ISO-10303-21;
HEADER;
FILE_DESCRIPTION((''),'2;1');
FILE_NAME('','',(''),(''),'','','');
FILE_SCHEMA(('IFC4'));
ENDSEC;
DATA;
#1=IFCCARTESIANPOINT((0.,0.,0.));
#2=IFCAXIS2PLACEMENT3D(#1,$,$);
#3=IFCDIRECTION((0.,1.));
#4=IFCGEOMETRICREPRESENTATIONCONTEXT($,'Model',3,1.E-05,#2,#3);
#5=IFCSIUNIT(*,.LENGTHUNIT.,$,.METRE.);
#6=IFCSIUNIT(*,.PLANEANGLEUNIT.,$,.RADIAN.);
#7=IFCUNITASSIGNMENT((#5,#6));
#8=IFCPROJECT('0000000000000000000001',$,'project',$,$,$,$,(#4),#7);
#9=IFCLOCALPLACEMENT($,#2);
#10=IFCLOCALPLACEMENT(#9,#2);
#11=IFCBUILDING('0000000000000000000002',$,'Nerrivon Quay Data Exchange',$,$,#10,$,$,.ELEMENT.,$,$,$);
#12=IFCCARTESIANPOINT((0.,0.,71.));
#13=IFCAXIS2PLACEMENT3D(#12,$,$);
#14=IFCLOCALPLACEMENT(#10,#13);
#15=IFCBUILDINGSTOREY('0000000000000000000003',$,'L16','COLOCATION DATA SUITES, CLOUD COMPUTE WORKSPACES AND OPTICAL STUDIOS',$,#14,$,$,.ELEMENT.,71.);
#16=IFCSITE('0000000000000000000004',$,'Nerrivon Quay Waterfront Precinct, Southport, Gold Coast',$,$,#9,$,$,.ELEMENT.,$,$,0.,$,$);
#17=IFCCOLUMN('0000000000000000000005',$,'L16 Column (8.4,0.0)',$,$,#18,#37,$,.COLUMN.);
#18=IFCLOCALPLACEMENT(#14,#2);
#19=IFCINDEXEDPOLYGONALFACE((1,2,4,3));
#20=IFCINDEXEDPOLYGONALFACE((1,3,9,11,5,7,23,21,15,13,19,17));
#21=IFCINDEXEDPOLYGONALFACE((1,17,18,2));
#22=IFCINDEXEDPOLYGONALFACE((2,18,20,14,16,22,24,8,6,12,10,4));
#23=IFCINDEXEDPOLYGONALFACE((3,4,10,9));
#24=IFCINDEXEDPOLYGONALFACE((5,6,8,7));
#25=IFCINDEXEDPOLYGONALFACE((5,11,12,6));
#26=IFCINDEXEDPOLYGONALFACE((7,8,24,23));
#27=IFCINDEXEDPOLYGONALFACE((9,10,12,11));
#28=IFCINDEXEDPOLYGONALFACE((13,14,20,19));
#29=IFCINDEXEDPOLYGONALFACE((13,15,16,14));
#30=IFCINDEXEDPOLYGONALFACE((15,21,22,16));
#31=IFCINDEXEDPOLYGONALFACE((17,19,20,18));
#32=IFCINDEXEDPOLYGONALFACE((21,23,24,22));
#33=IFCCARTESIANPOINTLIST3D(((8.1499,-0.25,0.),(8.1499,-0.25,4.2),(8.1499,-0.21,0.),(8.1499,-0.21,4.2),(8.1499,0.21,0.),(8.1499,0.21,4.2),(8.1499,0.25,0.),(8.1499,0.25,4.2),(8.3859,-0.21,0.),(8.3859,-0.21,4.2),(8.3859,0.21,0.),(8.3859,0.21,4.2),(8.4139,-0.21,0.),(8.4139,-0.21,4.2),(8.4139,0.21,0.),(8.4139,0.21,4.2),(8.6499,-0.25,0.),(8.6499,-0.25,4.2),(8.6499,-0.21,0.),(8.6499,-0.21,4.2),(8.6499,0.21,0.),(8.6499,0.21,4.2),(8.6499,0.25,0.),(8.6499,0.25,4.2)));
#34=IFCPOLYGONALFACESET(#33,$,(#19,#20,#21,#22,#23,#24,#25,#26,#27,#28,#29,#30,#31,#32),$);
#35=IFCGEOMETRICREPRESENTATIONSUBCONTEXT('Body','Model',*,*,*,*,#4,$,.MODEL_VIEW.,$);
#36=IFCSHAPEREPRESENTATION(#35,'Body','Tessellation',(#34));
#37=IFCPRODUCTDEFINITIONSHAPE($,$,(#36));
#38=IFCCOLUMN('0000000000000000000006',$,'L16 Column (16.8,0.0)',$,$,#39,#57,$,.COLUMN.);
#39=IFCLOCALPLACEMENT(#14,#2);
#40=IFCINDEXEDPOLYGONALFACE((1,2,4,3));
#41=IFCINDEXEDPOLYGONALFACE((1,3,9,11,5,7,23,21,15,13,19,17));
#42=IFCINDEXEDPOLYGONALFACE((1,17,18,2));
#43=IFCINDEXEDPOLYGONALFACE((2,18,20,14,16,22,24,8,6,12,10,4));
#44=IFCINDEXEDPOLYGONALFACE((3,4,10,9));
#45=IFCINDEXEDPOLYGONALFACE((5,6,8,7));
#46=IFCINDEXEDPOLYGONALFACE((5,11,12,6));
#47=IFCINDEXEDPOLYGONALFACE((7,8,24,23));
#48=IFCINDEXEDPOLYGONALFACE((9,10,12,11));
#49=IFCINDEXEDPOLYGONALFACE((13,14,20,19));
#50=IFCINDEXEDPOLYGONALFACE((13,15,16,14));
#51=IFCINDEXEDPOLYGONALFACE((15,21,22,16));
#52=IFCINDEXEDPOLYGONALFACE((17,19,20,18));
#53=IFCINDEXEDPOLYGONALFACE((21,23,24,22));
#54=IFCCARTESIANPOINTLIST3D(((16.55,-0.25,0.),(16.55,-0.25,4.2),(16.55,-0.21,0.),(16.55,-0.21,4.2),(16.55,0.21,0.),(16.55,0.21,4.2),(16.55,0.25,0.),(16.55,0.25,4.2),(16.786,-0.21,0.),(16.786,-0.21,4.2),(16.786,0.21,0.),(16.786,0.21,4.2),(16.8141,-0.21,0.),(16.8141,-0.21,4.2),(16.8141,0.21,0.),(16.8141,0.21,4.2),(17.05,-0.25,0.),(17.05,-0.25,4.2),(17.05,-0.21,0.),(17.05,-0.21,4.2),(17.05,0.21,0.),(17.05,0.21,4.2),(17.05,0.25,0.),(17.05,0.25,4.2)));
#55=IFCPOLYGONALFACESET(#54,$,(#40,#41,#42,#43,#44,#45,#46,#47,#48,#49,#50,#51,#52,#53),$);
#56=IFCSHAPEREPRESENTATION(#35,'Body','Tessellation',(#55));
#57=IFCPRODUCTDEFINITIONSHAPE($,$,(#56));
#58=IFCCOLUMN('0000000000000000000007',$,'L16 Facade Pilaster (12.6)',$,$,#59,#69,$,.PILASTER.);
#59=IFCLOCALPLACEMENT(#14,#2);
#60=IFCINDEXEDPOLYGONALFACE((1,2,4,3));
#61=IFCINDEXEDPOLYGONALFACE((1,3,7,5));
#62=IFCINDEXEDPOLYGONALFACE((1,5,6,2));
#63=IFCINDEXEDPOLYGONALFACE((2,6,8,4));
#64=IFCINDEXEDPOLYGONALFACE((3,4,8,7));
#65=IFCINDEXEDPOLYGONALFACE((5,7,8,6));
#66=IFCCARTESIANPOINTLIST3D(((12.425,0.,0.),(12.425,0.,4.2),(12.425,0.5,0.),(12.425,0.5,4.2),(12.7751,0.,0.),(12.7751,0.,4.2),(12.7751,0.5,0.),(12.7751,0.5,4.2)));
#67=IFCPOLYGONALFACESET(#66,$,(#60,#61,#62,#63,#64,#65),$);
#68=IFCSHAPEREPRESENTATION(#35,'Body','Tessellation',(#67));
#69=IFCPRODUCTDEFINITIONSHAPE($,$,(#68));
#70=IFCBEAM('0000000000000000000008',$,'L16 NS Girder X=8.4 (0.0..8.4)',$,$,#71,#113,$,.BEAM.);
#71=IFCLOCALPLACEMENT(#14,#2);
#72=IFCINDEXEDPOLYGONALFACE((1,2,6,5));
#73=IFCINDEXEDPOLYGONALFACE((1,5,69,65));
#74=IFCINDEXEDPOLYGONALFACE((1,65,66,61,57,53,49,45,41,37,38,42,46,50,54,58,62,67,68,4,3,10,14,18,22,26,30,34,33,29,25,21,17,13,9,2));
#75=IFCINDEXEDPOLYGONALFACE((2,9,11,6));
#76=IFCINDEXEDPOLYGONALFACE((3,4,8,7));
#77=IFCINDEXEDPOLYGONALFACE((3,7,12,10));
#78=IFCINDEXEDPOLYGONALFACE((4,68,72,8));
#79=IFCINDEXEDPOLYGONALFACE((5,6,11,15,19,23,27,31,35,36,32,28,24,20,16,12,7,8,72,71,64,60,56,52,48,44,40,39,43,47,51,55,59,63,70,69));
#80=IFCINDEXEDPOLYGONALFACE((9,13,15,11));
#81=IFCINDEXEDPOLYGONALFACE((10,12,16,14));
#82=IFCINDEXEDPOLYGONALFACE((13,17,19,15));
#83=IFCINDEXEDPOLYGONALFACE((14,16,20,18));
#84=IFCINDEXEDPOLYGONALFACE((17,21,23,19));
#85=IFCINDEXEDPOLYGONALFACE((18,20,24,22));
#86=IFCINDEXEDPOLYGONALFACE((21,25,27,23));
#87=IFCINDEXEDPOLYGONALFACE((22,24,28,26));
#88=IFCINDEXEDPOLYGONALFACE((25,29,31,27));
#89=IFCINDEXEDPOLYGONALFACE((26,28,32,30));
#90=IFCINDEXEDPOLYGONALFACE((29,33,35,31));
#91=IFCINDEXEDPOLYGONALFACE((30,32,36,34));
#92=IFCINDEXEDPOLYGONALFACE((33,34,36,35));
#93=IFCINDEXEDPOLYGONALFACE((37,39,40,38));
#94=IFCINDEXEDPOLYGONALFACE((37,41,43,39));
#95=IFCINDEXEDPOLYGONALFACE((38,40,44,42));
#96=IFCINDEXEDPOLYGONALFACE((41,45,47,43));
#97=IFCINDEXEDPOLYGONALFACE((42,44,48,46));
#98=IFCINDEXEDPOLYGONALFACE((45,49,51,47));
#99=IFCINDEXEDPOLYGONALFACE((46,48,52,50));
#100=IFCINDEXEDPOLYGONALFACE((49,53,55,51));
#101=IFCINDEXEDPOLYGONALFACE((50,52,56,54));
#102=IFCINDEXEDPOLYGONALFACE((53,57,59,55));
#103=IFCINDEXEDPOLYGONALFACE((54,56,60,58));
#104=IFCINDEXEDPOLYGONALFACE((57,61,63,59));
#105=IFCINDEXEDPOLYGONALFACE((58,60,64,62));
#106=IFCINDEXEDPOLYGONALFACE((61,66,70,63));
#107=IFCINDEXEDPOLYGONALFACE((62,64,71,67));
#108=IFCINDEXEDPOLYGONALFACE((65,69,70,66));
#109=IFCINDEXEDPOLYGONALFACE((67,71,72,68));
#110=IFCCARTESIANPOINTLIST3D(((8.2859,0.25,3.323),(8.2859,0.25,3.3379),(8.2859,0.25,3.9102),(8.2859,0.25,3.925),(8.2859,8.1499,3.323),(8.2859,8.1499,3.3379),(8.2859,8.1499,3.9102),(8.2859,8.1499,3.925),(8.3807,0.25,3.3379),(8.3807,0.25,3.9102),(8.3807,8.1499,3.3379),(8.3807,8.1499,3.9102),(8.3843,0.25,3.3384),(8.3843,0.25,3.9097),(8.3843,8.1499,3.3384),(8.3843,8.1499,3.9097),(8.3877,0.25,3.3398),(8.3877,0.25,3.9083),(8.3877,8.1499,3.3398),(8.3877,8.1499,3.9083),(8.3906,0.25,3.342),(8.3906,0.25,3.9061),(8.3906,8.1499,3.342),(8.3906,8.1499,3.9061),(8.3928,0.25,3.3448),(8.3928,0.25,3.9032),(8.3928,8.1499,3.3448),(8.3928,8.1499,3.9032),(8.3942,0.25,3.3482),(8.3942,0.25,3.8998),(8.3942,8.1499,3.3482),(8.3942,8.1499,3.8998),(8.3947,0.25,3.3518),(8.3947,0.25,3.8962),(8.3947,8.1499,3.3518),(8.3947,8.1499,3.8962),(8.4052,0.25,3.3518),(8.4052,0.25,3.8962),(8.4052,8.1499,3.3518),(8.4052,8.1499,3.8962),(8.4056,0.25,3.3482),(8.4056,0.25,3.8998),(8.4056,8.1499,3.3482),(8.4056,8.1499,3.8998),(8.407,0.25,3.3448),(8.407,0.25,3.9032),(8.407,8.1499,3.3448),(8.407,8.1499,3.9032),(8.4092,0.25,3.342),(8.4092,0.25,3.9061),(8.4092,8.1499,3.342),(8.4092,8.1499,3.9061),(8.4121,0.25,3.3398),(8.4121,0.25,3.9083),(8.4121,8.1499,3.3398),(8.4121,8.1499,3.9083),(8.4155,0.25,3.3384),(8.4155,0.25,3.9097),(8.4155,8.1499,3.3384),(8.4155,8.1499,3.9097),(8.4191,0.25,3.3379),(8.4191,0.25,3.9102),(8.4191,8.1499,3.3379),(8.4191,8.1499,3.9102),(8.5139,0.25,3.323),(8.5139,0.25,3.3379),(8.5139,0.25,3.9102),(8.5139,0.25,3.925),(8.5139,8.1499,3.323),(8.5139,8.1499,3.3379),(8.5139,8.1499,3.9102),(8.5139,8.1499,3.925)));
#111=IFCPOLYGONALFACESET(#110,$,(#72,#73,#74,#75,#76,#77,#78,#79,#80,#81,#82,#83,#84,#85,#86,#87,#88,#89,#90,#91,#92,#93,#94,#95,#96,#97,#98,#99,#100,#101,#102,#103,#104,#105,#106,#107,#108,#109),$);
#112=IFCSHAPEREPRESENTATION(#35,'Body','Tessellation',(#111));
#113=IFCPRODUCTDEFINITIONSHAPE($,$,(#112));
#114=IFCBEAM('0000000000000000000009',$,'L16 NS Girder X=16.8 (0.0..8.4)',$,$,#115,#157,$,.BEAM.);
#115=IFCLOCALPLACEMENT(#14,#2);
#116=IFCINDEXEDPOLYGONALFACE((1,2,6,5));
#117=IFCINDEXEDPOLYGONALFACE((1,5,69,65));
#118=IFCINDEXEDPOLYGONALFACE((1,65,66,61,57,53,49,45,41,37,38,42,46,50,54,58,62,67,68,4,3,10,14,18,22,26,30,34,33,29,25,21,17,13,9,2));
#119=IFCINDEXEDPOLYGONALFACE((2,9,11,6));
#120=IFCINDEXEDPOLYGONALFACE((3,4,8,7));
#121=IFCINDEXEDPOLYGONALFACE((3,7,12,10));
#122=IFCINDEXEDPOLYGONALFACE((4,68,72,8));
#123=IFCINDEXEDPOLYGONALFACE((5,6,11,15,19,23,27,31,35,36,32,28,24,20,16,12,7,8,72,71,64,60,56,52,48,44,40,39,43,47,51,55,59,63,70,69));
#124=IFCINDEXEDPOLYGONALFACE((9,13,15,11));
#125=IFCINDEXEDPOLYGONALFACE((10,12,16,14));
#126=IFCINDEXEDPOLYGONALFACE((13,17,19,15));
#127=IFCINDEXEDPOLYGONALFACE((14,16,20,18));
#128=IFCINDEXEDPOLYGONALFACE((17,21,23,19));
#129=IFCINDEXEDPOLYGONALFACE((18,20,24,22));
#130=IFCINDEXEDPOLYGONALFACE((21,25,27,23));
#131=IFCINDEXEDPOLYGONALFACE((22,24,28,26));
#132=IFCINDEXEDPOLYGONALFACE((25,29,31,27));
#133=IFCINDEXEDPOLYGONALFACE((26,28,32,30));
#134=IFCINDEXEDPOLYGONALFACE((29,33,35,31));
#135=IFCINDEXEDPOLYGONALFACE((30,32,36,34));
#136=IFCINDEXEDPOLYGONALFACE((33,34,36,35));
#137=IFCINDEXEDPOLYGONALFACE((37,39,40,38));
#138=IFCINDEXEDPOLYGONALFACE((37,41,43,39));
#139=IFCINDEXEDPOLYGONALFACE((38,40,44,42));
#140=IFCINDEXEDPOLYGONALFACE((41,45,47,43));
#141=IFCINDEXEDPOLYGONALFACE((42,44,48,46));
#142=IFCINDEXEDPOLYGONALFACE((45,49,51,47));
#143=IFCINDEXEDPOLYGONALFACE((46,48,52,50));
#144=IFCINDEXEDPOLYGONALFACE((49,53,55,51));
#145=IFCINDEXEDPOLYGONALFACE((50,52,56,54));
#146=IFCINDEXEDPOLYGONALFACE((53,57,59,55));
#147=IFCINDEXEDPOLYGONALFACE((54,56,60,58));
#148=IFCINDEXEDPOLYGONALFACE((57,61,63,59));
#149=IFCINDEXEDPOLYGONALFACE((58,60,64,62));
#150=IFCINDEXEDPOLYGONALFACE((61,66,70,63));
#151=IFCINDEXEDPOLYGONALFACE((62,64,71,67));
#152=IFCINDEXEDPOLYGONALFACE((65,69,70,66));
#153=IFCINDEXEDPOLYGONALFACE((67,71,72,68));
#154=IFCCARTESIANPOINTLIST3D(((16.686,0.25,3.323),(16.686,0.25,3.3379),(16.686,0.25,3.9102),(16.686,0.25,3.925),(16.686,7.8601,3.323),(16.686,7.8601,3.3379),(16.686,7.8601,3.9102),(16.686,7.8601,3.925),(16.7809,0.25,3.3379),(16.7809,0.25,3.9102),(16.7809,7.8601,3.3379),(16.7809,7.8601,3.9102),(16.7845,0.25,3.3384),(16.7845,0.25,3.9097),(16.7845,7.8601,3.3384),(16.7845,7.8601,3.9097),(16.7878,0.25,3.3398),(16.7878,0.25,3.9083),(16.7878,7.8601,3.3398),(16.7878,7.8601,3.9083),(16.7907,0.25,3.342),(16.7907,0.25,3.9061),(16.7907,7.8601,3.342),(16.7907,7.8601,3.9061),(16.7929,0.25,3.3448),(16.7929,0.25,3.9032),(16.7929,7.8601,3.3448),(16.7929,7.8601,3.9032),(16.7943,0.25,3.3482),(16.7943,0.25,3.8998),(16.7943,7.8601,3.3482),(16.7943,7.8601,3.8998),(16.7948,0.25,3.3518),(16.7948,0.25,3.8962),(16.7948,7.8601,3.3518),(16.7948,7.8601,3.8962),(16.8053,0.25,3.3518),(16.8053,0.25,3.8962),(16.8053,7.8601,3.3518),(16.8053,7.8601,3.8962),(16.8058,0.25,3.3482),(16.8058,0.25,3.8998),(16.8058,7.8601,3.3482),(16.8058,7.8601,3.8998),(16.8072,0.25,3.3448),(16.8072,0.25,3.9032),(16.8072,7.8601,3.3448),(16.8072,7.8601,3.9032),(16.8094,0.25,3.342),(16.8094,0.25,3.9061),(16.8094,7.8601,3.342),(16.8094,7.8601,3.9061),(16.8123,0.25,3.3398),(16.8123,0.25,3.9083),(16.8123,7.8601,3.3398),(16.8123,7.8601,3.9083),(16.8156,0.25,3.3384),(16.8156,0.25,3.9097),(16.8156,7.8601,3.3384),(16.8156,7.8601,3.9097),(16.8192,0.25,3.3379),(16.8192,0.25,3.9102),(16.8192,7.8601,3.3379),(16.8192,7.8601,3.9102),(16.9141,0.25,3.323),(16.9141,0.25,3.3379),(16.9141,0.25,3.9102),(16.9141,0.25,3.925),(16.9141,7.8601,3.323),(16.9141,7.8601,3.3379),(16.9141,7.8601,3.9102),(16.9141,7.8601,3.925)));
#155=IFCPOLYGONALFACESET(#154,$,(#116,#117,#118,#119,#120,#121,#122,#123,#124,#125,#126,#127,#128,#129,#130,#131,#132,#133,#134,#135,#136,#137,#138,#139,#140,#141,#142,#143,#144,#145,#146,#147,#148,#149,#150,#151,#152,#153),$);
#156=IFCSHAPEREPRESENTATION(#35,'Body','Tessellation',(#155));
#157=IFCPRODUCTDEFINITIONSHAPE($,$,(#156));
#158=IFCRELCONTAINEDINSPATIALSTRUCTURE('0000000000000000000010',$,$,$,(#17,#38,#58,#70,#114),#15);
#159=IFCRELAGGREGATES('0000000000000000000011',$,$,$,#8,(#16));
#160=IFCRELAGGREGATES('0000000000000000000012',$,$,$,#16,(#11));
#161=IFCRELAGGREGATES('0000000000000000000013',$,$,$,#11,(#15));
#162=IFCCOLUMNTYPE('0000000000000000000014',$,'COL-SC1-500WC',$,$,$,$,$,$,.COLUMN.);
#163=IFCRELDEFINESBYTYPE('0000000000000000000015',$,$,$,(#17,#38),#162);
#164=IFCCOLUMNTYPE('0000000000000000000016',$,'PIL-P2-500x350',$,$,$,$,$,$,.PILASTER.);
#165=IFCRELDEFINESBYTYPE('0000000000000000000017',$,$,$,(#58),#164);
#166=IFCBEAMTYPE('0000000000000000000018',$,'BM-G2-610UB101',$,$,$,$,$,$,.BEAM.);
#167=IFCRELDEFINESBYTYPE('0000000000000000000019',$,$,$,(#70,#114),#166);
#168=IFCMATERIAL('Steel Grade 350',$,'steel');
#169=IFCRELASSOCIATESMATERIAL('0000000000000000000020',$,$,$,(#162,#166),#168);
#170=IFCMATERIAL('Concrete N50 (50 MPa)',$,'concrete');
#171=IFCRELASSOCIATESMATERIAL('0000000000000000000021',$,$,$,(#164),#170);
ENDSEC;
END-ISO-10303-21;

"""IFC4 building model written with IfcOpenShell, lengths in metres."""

from ifc_helpers import new_model, si_unit, direction, frame, origin, origin_2d, place, context, subcontext, project, spatial, rectangle, i_section, extrude, material, material_profile, profile_set, type_object, element, save


model = new_model("IFC4")

# Units and contexts
model_context = context("Model", 3, precision=1e-05, world=origin(), true_north=direction((0.0, 1.0)))
body_context = subcontext(model_context, "Body", "Model", "MODEL_VIEW")
ifc_project = project(units=[si_unit("LENGTHUNIT", "METRE"), si_unit("PLANEANGLEUNIT", "RADIAN")], contexts=[model_context])

# Site, building, storey
site_placement = place(None, origin())
site = spatial("IfcSite", under=ifc_project, at=site_placement, Name="Nerrivon Quay Waterfront Precinct, Southport, Gold Coast", CompositionType="ELEMENT", RefElevation=0.0)
building_placement = place(site_placement, origin())
building = spatial("IfcBuilding", under=site, at=building_placement, Name="Nerrivon Quay Data Exchange", CompositionType="ELEMENT")
storey_placement = place(building_placement, frame((0.0, 0.0, 71.0)))
storey = spatial("IfcBuildingStorey", under=building, at=storey_placement, Name="L16", Description="COLOCATION DATA SUITES, CLOUD COMPUTE WORKSPACES AND OPTICAL STUDIOS", CompositionType="ELEMENT", Elevation=71.0)

# Columns
ifc_material_1 = material(Name="Steel Grade 350", Category="steel")
ifc_material_profile_1 = material_profile(ifc_material_1, i_section(OverallWidth=0.5, OverallDepth=0.5, WebThickness=0.0281, FlangeThickness=0.04, at=origin_2d()), Name="500WC440")
ifc_profile_set_1 = profile_set([ifc_material_profile_1], Name="Steel Grade 350")
column_type_1 = type_object("IfcColumnType", Name="COL-SC1-500WC", PredefinedType="COLUMN", material=ifc_profile_set_1)
for number, where, z_axis, x_axis, name in (
    (1, (8.3999, 0.0, 0.0), (0.0, 0.0, 1.0), (1.0, 0.0, 0.0), "L16 Column (8.4,0.0)"),
    (2, (16.8, 0.0, 0.0), (0.0, 0.0, 1.0), (1.0, 0.0, 0.0), "L16 Column (16.8,0.0)"),
):
    element("IfcColumn", number, at=place(storey_placement, frame(where, z_axis=z_axis, x_axis=x_axis)), inside=storey, type_object=column_type_1, Name=name, PredefinedType="COLUMN", context=body_context, shape_type="SweptSolid", body=[
        extrude(i_section(OverallWidth=0.5, OverallDepth=0.5, WebThickness=0.0281, FlangeThickness=0.04, at=origin_2d()), origin(), (0.0, 0.0, 1.0), 4.2),
    ])
ifc_material_2 = material(Name="Concrete N50 (50 MPa)", Category="concrete")
ifc_material_profile_2 = material_profile(ifc_material_2, rectangle(XDim=0.3501, YDim=0.5, at=origin_2d()), Name="RC-PIL-500x350")
ifc_profile_set_2 = profile_set([ifc_material_profile_2], Name="Concrete N50 (50 MPa)")
column_type_2 = type_object("IfcColumnType", Name="PIL-P2-500x350", PredefinedType="PILASTER", material=ifc_profile_set_2)
column_placement = place(storey_placement, frame((12.6001, 0.25, 0.0), z_axis=(0.0, 0.0, 1.0), x_axis=(1.0, 0.0, 0.0)))
element("IfcColumn", 3, at=column_placement, inside=storey, type_object=column_type_2, Name="L16 Facade Pilaster (12.6)", PredefinedType="PILASTER", context=body_context, shape_type="SweptSolid", body=[
    extrude(rectangle(XDim=0.3501, YDim=0.5, at=origin_2d()), origin(), (0.0, 0.0, 1.0), 4.2),
])

# Beams
ifc_material_profile_3 = material_profile(ifc_material_1, i_section(OverallWidth=0.228, OverallDepth=0.6021, WebThickness=0.0105, FlangeThickness=0.0149, FilletRadius=0.0139, at=origin_2d()), Name="610UB101")
ifc_profile_set_3 = profile_set([ifc_material_profile_3], Name="Steel Grade 350")
beam_type_1 = type_object("IfcBeamType", Name="BM-G2-610UB101", PredefinedType="BEAM", material=ifc_profile_set_3)
beam_1_placement = place(storey_placement, frame((8.3999, 0.25, 3.624), z_axis=(0.0, 1.0, 0.0), x_axis=(-1.0, 0.0, 0.0)))
element("IfcBeam", 4, at=beam_1_placement, inside=storey, type_object=beam_type_1, Name="L16 NS Girder X=8.4 (0.0..8.4)", PredefinedType="BEAM", context=body_context, shape_type="SweptSolid", body=[
    extrude(i_section(OverallWidth=0.228, OverallDepth=0.6021, WebThickness=0.0105, FlangeThickness=0.0149, FilletRadius=0.0139, at=origin_2d()), origin(), (0.0, 0.0, 1.0), 7.8999),
])
beam_2_placement = place(storey_placement, frame((16.8, 0.25, 3.624), z_axis=(0.0, 1.0, 0.0), x_axis=(-1.0, 0.0, 0.0)))
element("IfcBeam", 5, at=beam_2_placement, inside=storey, type_object=beam_type_1, Name="L16 NS Girder X=16.8 (0.0..8.4)", PredefinedType="BEAM", context=body_context, shape_type="SweptSolid", body=[
    extrude(i_section(OverallWidth=0.228, OverallDepth=0.6021, WebThickness=0.0105, FlangeThickness=0.0149, FilletRadius=0.0139, at=origin_2d()), origin(), (0.0, 0.0, 1.0), 7.6101),
])

save(model, "model.ifc")
